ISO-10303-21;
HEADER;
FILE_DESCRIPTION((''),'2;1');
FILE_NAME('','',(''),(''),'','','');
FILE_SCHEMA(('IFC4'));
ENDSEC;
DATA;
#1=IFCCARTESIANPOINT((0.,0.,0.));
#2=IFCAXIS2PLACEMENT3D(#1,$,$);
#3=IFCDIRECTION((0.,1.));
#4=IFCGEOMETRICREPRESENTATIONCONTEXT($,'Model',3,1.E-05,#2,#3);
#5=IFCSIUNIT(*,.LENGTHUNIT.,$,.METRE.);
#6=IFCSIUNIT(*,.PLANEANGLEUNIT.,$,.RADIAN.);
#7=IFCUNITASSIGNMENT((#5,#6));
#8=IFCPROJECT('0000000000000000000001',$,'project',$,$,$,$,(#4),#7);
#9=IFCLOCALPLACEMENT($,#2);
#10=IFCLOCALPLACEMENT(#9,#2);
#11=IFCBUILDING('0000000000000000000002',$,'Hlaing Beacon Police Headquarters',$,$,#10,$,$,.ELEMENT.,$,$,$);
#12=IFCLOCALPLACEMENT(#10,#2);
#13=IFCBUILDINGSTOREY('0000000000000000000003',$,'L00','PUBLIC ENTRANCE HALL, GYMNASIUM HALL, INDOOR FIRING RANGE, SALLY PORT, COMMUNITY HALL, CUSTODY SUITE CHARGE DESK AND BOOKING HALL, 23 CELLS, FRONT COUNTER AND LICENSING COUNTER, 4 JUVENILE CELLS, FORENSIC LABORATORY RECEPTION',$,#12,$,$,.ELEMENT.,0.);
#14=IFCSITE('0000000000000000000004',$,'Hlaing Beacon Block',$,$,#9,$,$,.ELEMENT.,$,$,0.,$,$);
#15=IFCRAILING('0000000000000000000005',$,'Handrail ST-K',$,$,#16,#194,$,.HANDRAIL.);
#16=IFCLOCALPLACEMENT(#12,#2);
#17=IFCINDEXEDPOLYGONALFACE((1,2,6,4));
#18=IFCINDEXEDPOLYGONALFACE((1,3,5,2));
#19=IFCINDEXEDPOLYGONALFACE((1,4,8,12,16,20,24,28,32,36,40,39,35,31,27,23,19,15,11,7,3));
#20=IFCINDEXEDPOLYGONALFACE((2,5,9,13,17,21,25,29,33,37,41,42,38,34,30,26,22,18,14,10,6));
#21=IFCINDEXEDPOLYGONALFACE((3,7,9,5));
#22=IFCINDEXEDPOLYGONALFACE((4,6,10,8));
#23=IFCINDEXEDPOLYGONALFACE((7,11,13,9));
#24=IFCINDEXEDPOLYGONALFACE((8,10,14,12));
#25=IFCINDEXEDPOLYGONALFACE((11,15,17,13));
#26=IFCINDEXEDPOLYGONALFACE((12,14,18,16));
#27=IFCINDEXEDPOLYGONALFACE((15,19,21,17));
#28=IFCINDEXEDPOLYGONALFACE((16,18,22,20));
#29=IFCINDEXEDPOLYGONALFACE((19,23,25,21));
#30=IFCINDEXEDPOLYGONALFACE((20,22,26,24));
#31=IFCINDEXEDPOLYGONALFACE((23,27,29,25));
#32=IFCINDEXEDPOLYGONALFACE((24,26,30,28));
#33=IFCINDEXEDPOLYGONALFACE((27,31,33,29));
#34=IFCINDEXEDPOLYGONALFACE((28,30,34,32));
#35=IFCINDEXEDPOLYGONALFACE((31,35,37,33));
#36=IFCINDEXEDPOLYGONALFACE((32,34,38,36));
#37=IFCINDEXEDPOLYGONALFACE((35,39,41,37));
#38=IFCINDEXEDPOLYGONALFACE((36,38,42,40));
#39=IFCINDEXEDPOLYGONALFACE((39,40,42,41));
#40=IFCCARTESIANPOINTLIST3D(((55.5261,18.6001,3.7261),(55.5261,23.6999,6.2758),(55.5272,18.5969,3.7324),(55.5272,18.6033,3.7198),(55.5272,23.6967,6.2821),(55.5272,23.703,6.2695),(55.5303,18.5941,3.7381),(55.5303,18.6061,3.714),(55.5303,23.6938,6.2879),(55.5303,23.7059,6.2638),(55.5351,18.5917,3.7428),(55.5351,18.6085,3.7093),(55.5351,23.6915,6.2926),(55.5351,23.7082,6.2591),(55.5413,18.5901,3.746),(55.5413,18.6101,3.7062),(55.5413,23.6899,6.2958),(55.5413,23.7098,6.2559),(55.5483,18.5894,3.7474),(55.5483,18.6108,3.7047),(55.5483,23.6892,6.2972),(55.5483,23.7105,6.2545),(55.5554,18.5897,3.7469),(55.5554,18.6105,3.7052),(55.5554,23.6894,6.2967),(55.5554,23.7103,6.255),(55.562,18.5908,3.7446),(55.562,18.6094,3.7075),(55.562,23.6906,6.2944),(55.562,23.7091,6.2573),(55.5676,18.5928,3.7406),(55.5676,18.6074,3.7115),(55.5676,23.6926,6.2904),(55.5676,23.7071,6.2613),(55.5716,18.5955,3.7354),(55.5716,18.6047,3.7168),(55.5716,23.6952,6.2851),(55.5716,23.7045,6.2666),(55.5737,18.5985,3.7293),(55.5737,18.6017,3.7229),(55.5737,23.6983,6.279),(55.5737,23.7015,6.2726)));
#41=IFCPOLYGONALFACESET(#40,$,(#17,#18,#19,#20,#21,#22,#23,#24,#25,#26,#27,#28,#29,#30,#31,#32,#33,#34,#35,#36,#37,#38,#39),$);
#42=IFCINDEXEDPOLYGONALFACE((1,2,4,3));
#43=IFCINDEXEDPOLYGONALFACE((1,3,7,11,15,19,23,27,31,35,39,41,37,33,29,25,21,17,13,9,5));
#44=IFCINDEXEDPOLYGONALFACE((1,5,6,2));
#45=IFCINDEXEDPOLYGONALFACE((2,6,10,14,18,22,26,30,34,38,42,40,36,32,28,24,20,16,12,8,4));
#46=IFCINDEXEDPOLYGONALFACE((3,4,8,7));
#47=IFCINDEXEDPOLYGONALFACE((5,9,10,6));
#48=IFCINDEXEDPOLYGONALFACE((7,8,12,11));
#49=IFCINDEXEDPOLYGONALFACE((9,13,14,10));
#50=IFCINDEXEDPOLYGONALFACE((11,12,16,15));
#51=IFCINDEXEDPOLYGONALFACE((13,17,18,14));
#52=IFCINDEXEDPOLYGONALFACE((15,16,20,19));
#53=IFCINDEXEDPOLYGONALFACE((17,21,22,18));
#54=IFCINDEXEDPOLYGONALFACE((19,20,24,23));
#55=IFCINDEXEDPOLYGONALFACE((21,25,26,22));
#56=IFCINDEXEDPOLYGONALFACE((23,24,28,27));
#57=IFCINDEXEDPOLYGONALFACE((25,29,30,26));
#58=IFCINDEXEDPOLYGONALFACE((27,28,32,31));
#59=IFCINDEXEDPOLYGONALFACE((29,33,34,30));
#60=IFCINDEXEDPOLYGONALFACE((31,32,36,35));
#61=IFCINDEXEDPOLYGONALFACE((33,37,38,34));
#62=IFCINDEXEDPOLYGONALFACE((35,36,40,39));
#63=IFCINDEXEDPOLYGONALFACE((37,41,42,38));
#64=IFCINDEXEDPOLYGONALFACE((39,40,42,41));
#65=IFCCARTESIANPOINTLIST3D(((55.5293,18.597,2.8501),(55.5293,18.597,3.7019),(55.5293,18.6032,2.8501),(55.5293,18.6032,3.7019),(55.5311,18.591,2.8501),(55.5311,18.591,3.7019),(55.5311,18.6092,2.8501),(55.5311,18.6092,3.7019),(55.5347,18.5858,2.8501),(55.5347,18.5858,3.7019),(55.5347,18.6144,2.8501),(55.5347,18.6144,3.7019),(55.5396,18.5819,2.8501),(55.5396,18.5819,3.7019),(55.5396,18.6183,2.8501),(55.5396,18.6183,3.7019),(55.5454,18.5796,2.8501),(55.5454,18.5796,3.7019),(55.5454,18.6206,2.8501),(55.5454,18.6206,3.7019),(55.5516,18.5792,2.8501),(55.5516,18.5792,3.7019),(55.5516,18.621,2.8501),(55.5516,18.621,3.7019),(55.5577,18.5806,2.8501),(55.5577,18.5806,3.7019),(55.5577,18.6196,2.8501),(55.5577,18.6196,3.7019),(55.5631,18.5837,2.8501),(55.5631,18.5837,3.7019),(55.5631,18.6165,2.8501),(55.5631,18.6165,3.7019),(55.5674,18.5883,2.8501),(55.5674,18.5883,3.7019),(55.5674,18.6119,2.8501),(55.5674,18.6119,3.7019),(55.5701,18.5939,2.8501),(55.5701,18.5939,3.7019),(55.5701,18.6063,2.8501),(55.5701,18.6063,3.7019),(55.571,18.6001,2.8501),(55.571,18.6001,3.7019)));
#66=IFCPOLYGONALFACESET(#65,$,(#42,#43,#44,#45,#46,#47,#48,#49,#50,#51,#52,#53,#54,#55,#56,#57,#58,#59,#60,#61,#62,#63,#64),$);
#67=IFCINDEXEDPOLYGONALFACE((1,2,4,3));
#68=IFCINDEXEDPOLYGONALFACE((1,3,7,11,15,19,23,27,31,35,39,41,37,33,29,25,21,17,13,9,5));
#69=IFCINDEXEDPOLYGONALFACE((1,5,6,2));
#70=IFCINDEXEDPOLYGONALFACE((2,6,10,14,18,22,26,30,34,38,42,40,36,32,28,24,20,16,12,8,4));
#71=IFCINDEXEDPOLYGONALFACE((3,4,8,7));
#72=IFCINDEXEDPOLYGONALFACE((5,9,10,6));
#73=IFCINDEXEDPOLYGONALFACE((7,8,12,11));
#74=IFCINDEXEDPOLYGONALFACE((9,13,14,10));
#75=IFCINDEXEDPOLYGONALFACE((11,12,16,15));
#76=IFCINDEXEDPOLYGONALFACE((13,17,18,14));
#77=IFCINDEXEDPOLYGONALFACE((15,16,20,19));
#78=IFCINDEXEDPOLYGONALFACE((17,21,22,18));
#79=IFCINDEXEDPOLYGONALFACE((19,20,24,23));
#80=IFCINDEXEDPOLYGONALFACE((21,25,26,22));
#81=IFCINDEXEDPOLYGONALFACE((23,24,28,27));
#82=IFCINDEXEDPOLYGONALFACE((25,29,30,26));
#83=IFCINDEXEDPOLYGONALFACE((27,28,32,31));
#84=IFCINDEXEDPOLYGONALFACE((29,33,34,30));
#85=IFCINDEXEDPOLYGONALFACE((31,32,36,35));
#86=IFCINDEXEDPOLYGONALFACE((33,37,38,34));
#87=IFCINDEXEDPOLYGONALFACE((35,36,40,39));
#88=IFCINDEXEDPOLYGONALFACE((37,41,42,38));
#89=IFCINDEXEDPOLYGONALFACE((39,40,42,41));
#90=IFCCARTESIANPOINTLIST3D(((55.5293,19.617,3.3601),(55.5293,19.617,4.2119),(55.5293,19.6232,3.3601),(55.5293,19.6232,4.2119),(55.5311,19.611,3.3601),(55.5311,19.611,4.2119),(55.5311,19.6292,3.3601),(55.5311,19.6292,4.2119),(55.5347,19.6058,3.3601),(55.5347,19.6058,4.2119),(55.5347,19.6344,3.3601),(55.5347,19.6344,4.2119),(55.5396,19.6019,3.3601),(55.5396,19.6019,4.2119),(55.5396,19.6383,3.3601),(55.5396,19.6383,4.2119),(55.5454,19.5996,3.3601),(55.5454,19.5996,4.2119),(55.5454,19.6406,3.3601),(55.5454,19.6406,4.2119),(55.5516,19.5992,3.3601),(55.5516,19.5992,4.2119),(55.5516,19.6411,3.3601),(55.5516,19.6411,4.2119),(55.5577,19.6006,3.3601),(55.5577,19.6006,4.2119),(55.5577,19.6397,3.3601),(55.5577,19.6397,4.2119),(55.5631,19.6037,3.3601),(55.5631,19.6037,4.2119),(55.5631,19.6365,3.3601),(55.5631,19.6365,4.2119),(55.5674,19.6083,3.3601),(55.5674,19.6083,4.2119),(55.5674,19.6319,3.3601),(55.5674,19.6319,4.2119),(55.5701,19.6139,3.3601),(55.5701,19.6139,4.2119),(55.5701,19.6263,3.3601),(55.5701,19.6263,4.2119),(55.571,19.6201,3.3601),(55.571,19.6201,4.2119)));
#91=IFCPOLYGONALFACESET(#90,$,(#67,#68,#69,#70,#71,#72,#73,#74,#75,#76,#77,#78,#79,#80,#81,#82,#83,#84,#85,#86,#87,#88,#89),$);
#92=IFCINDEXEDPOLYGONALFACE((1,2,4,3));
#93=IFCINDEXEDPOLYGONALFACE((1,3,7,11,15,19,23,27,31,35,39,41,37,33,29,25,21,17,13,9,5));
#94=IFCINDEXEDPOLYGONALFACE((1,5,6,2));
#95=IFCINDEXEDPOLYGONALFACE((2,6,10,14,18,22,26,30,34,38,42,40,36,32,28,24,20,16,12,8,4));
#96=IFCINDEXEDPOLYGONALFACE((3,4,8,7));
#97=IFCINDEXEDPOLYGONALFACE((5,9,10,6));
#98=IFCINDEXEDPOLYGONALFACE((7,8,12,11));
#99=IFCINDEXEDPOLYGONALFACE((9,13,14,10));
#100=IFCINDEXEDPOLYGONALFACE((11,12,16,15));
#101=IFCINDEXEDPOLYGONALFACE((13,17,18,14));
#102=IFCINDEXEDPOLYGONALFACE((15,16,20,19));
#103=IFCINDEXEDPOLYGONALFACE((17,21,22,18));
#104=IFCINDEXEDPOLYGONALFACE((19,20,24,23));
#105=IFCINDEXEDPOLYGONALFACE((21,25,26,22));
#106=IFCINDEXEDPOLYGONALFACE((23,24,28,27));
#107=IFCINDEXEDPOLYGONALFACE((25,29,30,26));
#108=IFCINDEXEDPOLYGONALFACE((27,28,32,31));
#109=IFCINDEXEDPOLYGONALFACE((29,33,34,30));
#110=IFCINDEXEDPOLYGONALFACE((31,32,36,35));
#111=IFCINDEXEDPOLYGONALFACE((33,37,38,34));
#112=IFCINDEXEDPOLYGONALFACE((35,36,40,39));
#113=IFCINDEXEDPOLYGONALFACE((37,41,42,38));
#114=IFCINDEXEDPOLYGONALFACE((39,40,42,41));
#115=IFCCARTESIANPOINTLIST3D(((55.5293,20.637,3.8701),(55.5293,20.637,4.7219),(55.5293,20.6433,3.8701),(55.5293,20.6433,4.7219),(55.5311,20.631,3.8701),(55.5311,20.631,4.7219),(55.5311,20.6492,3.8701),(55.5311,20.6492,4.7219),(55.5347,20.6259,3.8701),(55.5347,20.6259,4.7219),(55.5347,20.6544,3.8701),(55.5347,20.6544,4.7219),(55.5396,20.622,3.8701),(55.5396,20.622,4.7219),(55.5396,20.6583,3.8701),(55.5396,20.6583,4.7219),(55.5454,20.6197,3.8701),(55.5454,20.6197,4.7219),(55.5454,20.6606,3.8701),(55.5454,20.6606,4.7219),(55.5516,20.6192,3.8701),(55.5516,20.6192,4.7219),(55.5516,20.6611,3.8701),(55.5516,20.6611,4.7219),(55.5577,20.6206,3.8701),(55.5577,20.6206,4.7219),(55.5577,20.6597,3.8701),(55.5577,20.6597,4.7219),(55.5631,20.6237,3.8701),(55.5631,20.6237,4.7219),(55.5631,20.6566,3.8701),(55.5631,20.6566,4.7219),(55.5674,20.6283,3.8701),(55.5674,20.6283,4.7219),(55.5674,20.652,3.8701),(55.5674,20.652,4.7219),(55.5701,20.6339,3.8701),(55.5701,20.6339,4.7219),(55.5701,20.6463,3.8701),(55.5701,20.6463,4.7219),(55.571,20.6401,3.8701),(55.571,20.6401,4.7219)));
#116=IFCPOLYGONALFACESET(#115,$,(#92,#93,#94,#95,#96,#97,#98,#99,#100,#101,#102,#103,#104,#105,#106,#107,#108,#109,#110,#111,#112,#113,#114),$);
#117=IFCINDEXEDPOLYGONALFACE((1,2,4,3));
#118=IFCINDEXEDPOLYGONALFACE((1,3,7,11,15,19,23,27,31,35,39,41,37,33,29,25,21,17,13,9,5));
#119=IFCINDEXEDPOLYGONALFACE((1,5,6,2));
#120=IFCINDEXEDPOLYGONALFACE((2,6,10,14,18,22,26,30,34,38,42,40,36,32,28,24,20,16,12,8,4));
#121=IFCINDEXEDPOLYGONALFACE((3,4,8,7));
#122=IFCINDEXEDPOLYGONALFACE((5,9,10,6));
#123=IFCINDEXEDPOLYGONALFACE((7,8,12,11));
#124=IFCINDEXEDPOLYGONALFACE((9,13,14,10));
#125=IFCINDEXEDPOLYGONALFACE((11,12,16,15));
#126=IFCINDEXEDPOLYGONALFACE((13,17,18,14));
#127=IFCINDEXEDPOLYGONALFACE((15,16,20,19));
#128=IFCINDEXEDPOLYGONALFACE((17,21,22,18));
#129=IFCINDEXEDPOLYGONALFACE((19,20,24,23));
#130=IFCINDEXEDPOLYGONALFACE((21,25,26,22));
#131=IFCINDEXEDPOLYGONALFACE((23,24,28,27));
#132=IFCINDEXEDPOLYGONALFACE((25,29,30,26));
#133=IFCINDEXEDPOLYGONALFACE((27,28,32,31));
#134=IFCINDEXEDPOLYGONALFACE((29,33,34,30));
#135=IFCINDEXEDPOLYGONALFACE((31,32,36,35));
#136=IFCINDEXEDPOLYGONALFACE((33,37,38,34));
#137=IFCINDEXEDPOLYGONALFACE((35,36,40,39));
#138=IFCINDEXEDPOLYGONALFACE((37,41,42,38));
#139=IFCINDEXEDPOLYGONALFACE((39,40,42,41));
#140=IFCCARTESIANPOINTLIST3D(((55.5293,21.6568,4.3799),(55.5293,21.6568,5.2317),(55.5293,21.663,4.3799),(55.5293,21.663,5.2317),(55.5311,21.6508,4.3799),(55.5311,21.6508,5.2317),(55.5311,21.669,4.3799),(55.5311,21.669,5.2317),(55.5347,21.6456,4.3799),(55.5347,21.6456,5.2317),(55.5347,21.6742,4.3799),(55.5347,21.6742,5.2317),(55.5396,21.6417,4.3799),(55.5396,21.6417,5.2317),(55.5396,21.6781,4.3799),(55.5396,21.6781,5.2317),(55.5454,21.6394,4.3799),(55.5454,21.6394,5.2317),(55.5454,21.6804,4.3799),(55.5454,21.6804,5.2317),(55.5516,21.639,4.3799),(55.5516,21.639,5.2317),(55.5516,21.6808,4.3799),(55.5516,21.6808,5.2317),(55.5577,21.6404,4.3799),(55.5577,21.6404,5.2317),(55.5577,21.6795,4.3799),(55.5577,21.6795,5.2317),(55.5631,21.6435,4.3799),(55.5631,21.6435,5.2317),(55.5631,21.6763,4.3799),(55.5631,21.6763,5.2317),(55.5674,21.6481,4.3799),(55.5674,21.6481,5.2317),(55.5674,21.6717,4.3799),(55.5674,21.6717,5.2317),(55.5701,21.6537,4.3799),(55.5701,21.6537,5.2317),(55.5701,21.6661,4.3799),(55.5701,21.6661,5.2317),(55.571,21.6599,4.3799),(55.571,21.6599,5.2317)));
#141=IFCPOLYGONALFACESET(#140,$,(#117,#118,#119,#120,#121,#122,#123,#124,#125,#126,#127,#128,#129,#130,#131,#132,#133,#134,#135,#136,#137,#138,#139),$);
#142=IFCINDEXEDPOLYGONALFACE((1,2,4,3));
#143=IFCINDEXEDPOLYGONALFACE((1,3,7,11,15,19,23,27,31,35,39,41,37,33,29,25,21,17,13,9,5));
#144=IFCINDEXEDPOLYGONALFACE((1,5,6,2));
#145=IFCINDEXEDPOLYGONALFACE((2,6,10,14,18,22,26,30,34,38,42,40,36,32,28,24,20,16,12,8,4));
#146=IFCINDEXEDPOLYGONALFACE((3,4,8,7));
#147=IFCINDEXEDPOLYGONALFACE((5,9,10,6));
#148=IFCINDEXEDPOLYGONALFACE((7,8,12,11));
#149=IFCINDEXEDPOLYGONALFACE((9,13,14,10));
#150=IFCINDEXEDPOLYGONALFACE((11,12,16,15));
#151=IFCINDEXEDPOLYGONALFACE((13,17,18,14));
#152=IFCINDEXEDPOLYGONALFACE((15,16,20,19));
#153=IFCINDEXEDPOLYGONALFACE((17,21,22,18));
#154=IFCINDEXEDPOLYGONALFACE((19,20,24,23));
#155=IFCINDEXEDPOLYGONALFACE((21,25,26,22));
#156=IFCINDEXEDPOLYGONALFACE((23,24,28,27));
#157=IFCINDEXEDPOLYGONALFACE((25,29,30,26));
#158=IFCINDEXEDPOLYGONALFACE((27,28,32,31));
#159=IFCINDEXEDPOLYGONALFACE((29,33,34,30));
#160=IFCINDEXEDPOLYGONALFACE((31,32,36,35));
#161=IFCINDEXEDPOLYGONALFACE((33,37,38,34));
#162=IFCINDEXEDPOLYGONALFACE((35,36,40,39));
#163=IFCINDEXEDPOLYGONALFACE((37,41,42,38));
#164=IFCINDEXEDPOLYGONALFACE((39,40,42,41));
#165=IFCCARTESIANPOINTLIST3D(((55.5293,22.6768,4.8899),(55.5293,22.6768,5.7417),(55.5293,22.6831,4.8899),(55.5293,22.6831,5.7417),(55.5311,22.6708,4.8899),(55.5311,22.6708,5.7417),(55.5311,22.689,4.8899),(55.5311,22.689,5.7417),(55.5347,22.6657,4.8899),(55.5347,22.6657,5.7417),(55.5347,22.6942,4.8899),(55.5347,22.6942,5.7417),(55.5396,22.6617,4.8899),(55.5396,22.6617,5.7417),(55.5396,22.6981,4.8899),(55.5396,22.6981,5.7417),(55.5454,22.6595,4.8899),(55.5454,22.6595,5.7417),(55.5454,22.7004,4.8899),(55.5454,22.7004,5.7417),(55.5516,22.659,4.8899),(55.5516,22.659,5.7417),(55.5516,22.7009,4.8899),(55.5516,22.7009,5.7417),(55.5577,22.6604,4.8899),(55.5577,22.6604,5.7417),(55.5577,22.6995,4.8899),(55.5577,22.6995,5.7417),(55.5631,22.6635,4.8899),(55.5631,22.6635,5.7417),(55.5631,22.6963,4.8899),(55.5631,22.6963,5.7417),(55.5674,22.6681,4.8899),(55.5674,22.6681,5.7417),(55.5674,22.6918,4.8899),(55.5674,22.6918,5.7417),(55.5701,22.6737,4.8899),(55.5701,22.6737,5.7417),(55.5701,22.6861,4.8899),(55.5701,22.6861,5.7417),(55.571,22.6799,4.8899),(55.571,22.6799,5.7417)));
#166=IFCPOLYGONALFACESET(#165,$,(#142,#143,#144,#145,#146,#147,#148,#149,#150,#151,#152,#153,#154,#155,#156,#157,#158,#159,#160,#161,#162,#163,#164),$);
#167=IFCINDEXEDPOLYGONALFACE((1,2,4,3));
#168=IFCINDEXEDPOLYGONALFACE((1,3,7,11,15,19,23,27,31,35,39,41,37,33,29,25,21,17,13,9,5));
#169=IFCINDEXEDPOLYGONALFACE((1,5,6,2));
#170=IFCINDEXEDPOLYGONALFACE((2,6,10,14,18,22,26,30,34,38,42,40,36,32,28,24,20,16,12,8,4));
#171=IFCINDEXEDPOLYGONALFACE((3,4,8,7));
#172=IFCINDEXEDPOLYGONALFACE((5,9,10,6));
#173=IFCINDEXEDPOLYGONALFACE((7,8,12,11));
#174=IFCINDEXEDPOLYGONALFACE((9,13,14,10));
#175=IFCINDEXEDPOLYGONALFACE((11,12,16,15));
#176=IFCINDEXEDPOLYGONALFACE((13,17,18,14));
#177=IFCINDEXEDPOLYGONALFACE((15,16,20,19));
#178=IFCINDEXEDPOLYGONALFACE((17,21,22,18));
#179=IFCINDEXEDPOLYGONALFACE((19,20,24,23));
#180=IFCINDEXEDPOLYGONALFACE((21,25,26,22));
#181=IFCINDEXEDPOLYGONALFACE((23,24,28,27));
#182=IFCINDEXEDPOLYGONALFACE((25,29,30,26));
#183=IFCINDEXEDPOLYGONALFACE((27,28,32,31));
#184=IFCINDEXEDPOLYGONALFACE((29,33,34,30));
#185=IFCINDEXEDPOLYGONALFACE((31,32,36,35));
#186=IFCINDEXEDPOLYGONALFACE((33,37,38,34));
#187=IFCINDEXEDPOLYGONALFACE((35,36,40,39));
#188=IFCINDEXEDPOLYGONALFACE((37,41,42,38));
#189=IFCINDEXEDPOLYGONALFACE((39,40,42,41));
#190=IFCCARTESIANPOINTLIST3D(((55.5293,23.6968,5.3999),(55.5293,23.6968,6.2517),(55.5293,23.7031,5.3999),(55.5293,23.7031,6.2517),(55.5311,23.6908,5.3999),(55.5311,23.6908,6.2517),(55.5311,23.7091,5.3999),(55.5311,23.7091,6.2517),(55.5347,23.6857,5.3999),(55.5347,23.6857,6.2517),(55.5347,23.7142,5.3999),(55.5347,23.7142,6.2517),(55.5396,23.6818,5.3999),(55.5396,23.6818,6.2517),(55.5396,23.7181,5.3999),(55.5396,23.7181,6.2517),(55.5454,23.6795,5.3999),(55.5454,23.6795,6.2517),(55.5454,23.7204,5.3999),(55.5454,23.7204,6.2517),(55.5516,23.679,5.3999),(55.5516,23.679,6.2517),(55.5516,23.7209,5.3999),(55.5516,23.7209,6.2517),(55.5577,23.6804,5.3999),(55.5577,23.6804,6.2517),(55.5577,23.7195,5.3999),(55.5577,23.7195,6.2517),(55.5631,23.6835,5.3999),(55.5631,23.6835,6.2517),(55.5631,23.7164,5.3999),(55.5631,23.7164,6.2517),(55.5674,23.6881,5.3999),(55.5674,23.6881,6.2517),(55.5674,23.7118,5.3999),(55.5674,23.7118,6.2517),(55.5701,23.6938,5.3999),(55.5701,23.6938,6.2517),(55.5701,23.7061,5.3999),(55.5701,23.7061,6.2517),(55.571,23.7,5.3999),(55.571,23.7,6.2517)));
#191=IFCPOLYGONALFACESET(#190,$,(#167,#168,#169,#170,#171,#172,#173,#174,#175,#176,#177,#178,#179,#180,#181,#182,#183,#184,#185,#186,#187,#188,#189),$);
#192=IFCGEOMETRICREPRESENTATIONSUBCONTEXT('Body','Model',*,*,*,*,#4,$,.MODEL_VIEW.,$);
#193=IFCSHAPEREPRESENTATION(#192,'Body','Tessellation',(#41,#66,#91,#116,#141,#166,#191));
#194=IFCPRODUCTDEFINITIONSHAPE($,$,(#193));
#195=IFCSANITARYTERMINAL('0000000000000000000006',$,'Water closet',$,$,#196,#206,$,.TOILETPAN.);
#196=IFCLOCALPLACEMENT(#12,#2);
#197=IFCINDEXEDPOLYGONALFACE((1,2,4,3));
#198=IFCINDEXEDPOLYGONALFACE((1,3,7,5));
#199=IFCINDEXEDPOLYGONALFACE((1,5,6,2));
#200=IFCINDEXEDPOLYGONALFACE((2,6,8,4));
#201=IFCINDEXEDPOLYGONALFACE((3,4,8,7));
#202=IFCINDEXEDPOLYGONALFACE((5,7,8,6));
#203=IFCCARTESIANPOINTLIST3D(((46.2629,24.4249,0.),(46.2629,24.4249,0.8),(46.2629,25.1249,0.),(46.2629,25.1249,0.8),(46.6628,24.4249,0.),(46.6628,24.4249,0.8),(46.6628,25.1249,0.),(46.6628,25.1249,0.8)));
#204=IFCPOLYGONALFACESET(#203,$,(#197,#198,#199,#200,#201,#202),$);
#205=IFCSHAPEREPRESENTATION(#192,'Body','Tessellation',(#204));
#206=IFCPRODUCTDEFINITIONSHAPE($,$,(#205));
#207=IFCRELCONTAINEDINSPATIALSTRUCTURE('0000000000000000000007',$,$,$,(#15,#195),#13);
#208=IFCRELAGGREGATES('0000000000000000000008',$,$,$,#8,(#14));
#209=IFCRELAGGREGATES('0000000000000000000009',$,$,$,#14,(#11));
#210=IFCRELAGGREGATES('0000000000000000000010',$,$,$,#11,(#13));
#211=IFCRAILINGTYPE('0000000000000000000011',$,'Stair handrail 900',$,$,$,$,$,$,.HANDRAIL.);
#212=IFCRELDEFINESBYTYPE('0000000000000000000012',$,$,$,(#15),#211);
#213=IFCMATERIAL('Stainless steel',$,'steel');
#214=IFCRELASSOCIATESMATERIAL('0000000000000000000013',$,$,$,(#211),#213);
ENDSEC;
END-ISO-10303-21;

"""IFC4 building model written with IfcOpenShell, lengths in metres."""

from ifc_helpers import new_model, si_unit, direction, frame, origin, origin_2d, place, context, subcontext, project, spatial, rectangle, circle, extrude, material, type_object, element, save


model = new_model("IFC4")

# Units and contexts
model_context = context("Model", 3, precision=1e-05, world=origin(), true_north=direction((0.0, 1.0)))
body_context = subcontext(model_context, "Body", "Model", "MODEL_VIEW")
ifc_project = project(units=[si_unit("LENGTHUNIT", "METRE"), si_unit("PLANEANGLEUNIT", "RADIAN")], contexts=[model_context])

# Site, building, storey
site_placement = place(None, origin())
site = spatial("IfcSite", under=ifc_project, at=site_placement, Name="Hlaing Beacon Block", CompositionType="ELEMENT", RefElevation=0.0)
building_placement = place(site_placement, origin())
building = spatial("IfcBuilding", under=site, at=building_placement, Name="Hlaing Beacon Police Headquarters", CompositionType="ELEMENT")
storey_placement = place(building_placement, origin())
storey = spatial("IfcBuildingStorey", under=building, at=storey_placement, Name="L00", Description="PUBLIC ENTRANCE HALL, GYMNASIUM HALL, INDOOR FIRING RANGE, SALLY PORT, COMMUNITY HALL, CUSTODY SUITE CHARGE DESK AND BOOKING HALL, 23 CELLS, FRONT COUNTER AND LICENSING COUNTER, 4 JUVENILE CELLS, FORENSIC LABORATORY RECEPTION", CompositionType="ELEMENT", Elevation=0.0)

# Railing
ifc_material_1 = material(Name="Stainless steel", Category="steel")
railing_type_1 = type_object("IfcRailingType", Name="Stair handrail 900", PredefinedType="HANDRAIL", material=ifc_material_1)
for number, where, name in (
    (1, (55.55, 18.6001, 2.8501), "Handrail ST-K"),
):
    element("IfcRailing", number, at=place(storey_placement, frame(where)), inside=storey, type_object=railing_type_1, Name=name, PredefinedType="HANDRAIL", context=body_context, shape_type="SweptSolid", body=[
        extrude(circle(Radius=0.0239, at=origin_2d()), frame((0.0, 0.0, 0.876), z_axis=(0.0, 0.894436, 0.447196), x_axis=(-1.0, 0.0, 0.0)), (0.0, 0.0, 1.0), 5.7017),
        extrude(circle(Radius=0.021, at=origin_2d()), origin(), (0.0, 0.0, 1.0), 0.8518),
        extrude(circle(Radius=0.021, at=origin_2d()), frame((0.0, 1.02, 0.51)), (0.0, 0.0, 1.0), 0.8518),
        extrude(circle(Radius=0.021, at=origin_2d()), frame((0.0, 2.04, 1.02)), (0.0, 0.0, 1.0), 0.8518),
        extrude(circle(Radius=0.021, at=origin_2d()), frame((0.0, 3.0598, 1.5298)), (0.0, 0.0, 1.0), 0.8518),
        extrude(circle(Radius=0.021, at=origin_2d()), frame((0.0, 4.0798, 2.0398)), (0.0, 0.0, 1.0), 0.8518),
        extrude(circle(Radius=0.021, at=origin_2d()), frame((0.0, 5.0999, 2.5498)), (0.0, 0.0, 1.0), 0.8518),
    ])

# Sanitary terminal
sanitary_terminal_placement = place(storey_placement, frame((46.4629, 24.7749, 0.0), z_axis=(0.0, 0.0, 1.0), x_axis=(1.0, 0.0, 0.0)))
element("IfcSanitaryTerminal", 2, at=sanitary_terminal_placement, inside=storey, Name="Water closet", PredefinedType="TOILETPAN", context=body_context, shape_type="SweptSolid", body=[
    extrude(rectangle(XDim=0.3999, YDim=0.7, at=origin_2d()), origin(), (0.0, 0.0, 1.0), 0.8),
])

save(model, "model.ifc")
